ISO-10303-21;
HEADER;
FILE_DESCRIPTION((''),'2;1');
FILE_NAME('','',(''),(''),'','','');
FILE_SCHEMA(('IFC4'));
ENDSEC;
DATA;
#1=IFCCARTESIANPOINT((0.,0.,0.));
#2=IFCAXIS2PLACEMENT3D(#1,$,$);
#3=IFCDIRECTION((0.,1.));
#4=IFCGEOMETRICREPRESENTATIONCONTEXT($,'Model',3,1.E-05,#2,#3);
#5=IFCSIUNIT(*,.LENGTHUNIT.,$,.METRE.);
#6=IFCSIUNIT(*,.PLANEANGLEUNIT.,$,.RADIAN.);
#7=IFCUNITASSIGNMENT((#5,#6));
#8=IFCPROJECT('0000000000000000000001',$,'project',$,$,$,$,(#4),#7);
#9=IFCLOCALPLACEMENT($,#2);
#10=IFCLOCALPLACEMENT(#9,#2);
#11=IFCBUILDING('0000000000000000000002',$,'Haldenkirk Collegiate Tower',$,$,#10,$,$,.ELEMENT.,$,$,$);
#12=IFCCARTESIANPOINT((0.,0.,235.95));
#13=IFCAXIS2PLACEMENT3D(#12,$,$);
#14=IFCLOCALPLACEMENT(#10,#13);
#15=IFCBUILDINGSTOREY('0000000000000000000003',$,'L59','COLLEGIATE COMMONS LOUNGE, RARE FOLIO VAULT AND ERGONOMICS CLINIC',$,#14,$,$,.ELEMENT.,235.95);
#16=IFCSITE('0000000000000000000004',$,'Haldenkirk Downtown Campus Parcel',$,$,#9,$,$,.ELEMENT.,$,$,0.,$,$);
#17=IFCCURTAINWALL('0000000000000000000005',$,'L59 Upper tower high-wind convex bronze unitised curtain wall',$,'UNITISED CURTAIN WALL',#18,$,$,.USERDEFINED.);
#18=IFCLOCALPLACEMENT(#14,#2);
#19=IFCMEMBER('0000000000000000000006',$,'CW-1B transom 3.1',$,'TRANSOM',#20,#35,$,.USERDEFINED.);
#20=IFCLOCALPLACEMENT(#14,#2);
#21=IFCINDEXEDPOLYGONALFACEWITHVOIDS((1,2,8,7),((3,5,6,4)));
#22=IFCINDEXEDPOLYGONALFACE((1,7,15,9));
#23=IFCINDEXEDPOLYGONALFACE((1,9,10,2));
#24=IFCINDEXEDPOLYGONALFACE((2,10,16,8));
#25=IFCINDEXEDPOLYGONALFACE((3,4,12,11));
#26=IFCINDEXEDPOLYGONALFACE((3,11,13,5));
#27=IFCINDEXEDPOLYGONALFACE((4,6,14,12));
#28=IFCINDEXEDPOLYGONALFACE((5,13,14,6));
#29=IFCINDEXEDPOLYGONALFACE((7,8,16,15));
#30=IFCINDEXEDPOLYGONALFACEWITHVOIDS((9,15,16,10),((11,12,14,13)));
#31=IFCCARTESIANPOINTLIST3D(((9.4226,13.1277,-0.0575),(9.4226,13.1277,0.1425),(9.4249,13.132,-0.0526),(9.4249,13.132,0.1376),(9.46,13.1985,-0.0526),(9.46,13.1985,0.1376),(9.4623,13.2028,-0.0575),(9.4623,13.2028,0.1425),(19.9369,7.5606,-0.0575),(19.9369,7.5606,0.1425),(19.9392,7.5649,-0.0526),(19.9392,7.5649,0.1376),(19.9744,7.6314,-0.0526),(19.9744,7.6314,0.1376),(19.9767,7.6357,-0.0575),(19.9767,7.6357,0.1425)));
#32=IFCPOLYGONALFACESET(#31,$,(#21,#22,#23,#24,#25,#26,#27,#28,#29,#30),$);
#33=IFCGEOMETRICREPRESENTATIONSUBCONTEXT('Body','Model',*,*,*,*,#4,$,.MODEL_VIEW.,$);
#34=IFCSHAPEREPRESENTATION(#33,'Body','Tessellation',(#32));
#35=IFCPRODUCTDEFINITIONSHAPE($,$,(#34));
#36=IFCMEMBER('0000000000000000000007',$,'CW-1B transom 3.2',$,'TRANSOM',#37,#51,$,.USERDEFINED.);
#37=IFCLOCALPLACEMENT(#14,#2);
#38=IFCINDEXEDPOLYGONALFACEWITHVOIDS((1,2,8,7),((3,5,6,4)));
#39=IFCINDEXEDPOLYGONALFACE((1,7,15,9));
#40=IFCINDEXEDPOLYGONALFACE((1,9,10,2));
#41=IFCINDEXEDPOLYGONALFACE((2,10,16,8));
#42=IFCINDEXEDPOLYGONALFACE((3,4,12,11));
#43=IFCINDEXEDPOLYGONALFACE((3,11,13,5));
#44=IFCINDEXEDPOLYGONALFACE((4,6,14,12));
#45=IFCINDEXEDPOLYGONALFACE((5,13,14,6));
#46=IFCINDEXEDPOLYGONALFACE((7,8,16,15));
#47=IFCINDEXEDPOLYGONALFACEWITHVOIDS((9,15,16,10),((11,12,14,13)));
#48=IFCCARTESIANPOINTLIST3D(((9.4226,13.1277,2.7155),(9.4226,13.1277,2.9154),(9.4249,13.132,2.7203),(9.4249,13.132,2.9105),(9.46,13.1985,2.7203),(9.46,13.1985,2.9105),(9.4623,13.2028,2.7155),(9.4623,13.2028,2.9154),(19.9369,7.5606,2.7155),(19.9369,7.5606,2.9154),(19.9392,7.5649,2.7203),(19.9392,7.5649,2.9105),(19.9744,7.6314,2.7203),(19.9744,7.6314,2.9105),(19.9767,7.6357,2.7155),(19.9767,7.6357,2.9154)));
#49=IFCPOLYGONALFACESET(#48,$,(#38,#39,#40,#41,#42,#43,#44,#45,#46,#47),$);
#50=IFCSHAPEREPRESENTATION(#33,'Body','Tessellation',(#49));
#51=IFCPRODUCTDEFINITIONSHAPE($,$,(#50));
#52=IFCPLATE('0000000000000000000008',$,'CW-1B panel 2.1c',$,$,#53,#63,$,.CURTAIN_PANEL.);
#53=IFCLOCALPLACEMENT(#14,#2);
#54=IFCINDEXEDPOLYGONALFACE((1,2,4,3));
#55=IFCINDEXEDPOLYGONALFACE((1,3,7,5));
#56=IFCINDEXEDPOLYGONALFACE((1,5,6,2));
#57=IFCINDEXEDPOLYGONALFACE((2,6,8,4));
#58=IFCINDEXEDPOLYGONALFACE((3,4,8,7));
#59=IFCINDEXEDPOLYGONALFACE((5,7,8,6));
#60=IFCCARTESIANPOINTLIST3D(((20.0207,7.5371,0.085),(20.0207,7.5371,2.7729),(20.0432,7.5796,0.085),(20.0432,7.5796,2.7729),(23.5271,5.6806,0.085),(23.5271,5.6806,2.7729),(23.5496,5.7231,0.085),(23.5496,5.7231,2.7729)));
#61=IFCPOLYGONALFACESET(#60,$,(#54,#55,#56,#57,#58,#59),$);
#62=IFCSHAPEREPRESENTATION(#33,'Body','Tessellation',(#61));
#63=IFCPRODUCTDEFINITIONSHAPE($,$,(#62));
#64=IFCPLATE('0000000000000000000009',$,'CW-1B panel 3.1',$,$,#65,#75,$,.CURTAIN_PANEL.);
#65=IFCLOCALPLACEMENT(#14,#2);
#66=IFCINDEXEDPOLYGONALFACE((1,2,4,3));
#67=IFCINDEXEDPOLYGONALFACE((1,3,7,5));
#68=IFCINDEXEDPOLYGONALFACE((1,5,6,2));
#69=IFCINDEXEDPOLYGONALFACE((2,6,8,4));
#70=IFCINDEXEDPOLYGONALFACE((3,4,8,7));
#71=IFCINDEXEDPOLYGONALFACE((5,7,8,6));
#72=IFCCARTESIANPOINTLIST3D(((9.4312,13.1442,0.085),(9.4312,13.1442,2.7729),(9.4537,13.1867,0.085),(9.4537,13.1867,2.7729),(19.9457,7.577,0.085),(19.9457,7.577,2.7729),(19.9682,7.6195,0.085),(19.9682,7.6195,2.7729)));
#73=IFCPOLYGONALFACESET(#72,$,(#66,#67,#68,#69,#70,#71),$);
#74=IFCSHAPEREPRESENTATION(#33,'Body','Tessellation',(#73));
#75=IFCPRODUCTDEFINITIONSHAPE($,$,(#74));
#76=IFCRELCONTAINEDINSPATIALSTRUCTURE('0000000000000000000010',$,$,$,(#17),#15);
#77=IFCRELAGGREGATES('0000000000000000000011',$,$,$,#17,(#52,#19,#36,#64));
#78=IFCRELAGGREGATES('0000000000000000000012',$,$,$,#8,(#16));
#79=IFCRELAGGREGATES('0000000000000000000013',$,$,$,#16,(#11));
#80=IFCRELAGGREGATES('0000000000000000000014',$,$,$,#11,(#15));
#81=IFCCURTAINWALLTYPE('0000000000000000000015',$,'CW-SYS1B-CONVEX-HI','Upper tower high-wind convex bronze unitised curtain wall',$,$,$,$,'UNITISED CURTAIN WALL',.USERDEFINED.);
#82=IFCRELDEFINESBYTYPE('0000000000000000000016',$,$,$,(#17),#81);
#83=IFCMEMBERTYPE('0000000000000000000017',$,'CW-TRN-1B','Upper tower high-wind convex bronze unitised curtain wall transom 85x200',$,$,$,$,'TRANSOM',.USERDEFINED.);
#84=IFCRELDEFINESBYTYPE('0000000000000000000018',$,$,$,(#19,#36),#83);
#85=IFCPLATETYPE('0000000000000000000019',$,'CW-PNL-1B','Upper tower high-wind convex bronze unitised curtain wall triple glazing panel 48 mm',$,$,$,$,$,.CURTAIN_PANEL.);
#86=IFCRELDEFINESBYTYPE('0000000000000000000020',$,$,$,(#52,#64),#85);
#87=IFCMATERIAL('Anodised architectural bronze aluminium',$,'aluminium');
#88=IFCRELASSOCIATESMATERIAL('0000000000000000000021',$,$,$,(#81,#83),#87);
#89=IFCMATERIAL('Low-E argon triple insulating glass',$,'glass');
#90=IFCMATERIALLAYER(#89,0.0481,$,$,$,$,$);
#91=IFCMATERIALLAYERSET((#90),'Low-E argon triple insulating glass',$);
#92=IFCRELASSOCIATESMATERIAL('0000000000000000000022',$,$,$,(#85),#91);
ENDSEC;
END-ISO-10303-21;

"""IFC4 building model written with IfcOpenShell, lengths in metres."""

from ifc_helpers import new_model, si_unit, direction, frame, origin, origin_2d, place, context, subcontext, project, spatial, rectangle, hollow_rectangle, extrude, source, transform, mapped, material, layer, layer_set, material_profile, profile_set, type_object, element, aggregate, save


model = new_model("IFC4")

# Units and contexts
model_context = context("Model", 3, precision=1e-05, world=origin(), true_north=direction((0.0, 1.0)))
body_context = subcontext(model_context, "Body", "Model", "MODEL_VIEW")
ifc_project = project(units=[si_unit("LENGTHUNIT", "METRE"), si_unit("PLANEANGLEUNIT", "RADIAN")], contexts=[model_context])

# Site, building, storey
site_placement = place(None, origin())
site = spatial("IfcSite", under=ifc_project, at=site_placement, Name="Haldenkirk Downtown Campus Parcel", CompositionType="ELEMENT", RefElevation=0.0)
building_placement = place(site_placement, origin())
building = spatial("IfcBuilding", under=site, at=building_placement, Name="Haldenkirk Collegiate Tower", CompositionType="ELEMENT")
storey_placement = place(building_placement, frame((0.0, 0.0, 235.95)))
storey = spatial("IfcBuildingStorey", under=building, at=storey_placement, Name="L59", Description="COLLEGIATE COMMONS LOUNGE, RARE FOLIO VAULT AND ERGONOMICS CLINIC", CompositionType="ELEMENT", Elevation=235.95)

# Curtain wall, members, plates
ifc_material_1 = material(Name="Anodised architectural bronze aluminium", Category="aluminium")
curtain_wall_type = type_object("IfcCurtainWallType", Name="CW-SYS1B-CONVEX-HI", Description="Upper tower high-wind convex bronze unitised curtain wall", ElementType="UNITISED CURTAIN WALL", PredefinedType="USERDEFINED", material=ifc_material_1)
curtain_wall_placement = place(storey_placement, origin())
curtain_wall = element("IfcCurtainWall", 1, at=curtain_wall_placement, inside=storey, type_object=curtain_wall_type, Name="L59 Upper tower high-wind convex bronze unitised curtain wall", ObjectType="UNITISED CURTAIN WALL", PredefinedType="USERDEFINED")
ifc_material_profile_1 = material_profile(ifc_material_1, hollow_rectangle(XDim=0.085, YDim=0.2, WallThickness=0.0049, at=origin_2d()), Name="CW-TRN-1B")
ifc_profile_set_1 = profile_set([ifc_material_profile_1], Name="Anodised architectural bronze aluminium")
member_type_1 = type_object("IfcMemberType", Name="CW-TRN-1B", Description="Upper tower high-wind convex bronze unitised curtain wall transom 85x200", ElementType="TRANSOM", PredefinedType="USERDEFINED", material=ifc_profile_set_1)
member_1_placement = place(storey_placement, frame((19.9568, 7.5981, 0.0425), z_axis=(-0.883764, 0.467933, 0.0), x_axis=(-0.467933, -0.883764, 0.0)))
member_1 = element("IfcMember", 2, at=member_1_placement, type_object=member_type_1, Name="CW-1B transom 3.1", ObjectType="TRANSOM", PredefinedType="USERDEFINED", context=body_context, shape_type="SweptSolid", body=[
    extrude(hollow_rectangle(XDim=0.085, YDim=0.2, WallThickness=0.0049, at=origin_2d()), origin(), (0.0, 0.0, 1.0), 11.8972),
])
member_2_placement = place(storey_placement, frame((19.9568, 7.5981, 2.8154), z_axis=(-0.883764, 0.467933, 0.0), x_axis=(-0.467933, -0.883764, 0.0)))
member_2 = element("IfcMember", 3, at=member_2_placement, type_object=member_type_1, Name="CW-1B transom 3.2", ObjectType="TRANSOM", PredefinedType="USERDEFINED", context=body_context, shape_type="SweptSolid", body=[
    extrude(hollow_rectangle(XDim=0.085, YDim=0.2, WallThickness=0.0049, at=origin_2d()), origin(), (0.0, 0.0, 1.0), 11.8972),
])
ifc_material_2 = material(Name="Low-E argon triple insulating glass", Category="glass")
ifc_layer_1 = layer(ifc_material_2, 0.0481)
ifc_layer_set_1 = layer_set([ifc_layer_1], Name="Low-E argon triple insulating glass")
plate_type = type_object("IfcPlateType", Name="CW-PNL-1B", Description="Upper tower high-wind convex bronze unitised curtain wall triple glazing panel 48 mm", PredefinedType="CURTAIN_PANEL", material=ifc_layer_set_1)
shared_shape_1 = source(origin(), body_context, "Body", "SweptSolid", [
    extrude(rectangle(XDim=3.9675, YDim=0.0481, at=origin_2d()), origin(), (0.0, 0.0, 1.0), 2.688),
])
plate_1_placement = place(storey_placement, frame((21.7852, 6.6301, 0.085), z_axis=(0.0, 0.0, 1.0), x_axis=(-0.883765, 0.467931, 0.0)))
plate_1 = element("IfcPlate", 4, at=plate_1_placement, type_object=plate_type, Name="CW-1B panel 2.1c", PredefinedType="CURTAIN_PANEL", context=body_context, shape_type="MappedRepresentation", body=[
    mapped(shared_shape_1, transform((0.0, 0.0, 0.0), x_axis=(1.0, 0.0, 0.0), y_axis=(0.0, 1.0, 0.0), z_axis=(0.0, 0.0, 1.0), scale=1.0)),
])
shared_shape_2 = source(origin(), body_context, "Body", "SweptSolid", [
    extrude(rectangle(XDim=11.8975, YDim=0.0481, at=origin_2d()), origin(), (0.0, 0.0, 1.0), 2.688),
])
plate_2_placement = place(storey_placement, frame((14.6997, 10.3818, 0.085), z_axis=(0.0, 0.0, 1.0), x_axis=(-0.883765, 0.467931, 0.0)))
plate_2 = element("IfcPlate", 5, at=plate_2_placement, type_object=plate_type, Name="CW-1B panel 3.1", PredefinedType="CURTAIN_PANEL", context=body_context, shape_type="MappedRepresentation", body=[
    mapped(shared_shape_2, transform((0.0, 0.0, 0.0), x_axis=(1.0, 0.0, 0.0), y_axis=(0.0, 1.0, 0.0), z_axis=(0.0, 0.0, 1.0), scale=1.0)),
])
aggregate(curtain_wall, [plate_1, member_1, member_2, plate_2])

save(model, "model.ifc")
